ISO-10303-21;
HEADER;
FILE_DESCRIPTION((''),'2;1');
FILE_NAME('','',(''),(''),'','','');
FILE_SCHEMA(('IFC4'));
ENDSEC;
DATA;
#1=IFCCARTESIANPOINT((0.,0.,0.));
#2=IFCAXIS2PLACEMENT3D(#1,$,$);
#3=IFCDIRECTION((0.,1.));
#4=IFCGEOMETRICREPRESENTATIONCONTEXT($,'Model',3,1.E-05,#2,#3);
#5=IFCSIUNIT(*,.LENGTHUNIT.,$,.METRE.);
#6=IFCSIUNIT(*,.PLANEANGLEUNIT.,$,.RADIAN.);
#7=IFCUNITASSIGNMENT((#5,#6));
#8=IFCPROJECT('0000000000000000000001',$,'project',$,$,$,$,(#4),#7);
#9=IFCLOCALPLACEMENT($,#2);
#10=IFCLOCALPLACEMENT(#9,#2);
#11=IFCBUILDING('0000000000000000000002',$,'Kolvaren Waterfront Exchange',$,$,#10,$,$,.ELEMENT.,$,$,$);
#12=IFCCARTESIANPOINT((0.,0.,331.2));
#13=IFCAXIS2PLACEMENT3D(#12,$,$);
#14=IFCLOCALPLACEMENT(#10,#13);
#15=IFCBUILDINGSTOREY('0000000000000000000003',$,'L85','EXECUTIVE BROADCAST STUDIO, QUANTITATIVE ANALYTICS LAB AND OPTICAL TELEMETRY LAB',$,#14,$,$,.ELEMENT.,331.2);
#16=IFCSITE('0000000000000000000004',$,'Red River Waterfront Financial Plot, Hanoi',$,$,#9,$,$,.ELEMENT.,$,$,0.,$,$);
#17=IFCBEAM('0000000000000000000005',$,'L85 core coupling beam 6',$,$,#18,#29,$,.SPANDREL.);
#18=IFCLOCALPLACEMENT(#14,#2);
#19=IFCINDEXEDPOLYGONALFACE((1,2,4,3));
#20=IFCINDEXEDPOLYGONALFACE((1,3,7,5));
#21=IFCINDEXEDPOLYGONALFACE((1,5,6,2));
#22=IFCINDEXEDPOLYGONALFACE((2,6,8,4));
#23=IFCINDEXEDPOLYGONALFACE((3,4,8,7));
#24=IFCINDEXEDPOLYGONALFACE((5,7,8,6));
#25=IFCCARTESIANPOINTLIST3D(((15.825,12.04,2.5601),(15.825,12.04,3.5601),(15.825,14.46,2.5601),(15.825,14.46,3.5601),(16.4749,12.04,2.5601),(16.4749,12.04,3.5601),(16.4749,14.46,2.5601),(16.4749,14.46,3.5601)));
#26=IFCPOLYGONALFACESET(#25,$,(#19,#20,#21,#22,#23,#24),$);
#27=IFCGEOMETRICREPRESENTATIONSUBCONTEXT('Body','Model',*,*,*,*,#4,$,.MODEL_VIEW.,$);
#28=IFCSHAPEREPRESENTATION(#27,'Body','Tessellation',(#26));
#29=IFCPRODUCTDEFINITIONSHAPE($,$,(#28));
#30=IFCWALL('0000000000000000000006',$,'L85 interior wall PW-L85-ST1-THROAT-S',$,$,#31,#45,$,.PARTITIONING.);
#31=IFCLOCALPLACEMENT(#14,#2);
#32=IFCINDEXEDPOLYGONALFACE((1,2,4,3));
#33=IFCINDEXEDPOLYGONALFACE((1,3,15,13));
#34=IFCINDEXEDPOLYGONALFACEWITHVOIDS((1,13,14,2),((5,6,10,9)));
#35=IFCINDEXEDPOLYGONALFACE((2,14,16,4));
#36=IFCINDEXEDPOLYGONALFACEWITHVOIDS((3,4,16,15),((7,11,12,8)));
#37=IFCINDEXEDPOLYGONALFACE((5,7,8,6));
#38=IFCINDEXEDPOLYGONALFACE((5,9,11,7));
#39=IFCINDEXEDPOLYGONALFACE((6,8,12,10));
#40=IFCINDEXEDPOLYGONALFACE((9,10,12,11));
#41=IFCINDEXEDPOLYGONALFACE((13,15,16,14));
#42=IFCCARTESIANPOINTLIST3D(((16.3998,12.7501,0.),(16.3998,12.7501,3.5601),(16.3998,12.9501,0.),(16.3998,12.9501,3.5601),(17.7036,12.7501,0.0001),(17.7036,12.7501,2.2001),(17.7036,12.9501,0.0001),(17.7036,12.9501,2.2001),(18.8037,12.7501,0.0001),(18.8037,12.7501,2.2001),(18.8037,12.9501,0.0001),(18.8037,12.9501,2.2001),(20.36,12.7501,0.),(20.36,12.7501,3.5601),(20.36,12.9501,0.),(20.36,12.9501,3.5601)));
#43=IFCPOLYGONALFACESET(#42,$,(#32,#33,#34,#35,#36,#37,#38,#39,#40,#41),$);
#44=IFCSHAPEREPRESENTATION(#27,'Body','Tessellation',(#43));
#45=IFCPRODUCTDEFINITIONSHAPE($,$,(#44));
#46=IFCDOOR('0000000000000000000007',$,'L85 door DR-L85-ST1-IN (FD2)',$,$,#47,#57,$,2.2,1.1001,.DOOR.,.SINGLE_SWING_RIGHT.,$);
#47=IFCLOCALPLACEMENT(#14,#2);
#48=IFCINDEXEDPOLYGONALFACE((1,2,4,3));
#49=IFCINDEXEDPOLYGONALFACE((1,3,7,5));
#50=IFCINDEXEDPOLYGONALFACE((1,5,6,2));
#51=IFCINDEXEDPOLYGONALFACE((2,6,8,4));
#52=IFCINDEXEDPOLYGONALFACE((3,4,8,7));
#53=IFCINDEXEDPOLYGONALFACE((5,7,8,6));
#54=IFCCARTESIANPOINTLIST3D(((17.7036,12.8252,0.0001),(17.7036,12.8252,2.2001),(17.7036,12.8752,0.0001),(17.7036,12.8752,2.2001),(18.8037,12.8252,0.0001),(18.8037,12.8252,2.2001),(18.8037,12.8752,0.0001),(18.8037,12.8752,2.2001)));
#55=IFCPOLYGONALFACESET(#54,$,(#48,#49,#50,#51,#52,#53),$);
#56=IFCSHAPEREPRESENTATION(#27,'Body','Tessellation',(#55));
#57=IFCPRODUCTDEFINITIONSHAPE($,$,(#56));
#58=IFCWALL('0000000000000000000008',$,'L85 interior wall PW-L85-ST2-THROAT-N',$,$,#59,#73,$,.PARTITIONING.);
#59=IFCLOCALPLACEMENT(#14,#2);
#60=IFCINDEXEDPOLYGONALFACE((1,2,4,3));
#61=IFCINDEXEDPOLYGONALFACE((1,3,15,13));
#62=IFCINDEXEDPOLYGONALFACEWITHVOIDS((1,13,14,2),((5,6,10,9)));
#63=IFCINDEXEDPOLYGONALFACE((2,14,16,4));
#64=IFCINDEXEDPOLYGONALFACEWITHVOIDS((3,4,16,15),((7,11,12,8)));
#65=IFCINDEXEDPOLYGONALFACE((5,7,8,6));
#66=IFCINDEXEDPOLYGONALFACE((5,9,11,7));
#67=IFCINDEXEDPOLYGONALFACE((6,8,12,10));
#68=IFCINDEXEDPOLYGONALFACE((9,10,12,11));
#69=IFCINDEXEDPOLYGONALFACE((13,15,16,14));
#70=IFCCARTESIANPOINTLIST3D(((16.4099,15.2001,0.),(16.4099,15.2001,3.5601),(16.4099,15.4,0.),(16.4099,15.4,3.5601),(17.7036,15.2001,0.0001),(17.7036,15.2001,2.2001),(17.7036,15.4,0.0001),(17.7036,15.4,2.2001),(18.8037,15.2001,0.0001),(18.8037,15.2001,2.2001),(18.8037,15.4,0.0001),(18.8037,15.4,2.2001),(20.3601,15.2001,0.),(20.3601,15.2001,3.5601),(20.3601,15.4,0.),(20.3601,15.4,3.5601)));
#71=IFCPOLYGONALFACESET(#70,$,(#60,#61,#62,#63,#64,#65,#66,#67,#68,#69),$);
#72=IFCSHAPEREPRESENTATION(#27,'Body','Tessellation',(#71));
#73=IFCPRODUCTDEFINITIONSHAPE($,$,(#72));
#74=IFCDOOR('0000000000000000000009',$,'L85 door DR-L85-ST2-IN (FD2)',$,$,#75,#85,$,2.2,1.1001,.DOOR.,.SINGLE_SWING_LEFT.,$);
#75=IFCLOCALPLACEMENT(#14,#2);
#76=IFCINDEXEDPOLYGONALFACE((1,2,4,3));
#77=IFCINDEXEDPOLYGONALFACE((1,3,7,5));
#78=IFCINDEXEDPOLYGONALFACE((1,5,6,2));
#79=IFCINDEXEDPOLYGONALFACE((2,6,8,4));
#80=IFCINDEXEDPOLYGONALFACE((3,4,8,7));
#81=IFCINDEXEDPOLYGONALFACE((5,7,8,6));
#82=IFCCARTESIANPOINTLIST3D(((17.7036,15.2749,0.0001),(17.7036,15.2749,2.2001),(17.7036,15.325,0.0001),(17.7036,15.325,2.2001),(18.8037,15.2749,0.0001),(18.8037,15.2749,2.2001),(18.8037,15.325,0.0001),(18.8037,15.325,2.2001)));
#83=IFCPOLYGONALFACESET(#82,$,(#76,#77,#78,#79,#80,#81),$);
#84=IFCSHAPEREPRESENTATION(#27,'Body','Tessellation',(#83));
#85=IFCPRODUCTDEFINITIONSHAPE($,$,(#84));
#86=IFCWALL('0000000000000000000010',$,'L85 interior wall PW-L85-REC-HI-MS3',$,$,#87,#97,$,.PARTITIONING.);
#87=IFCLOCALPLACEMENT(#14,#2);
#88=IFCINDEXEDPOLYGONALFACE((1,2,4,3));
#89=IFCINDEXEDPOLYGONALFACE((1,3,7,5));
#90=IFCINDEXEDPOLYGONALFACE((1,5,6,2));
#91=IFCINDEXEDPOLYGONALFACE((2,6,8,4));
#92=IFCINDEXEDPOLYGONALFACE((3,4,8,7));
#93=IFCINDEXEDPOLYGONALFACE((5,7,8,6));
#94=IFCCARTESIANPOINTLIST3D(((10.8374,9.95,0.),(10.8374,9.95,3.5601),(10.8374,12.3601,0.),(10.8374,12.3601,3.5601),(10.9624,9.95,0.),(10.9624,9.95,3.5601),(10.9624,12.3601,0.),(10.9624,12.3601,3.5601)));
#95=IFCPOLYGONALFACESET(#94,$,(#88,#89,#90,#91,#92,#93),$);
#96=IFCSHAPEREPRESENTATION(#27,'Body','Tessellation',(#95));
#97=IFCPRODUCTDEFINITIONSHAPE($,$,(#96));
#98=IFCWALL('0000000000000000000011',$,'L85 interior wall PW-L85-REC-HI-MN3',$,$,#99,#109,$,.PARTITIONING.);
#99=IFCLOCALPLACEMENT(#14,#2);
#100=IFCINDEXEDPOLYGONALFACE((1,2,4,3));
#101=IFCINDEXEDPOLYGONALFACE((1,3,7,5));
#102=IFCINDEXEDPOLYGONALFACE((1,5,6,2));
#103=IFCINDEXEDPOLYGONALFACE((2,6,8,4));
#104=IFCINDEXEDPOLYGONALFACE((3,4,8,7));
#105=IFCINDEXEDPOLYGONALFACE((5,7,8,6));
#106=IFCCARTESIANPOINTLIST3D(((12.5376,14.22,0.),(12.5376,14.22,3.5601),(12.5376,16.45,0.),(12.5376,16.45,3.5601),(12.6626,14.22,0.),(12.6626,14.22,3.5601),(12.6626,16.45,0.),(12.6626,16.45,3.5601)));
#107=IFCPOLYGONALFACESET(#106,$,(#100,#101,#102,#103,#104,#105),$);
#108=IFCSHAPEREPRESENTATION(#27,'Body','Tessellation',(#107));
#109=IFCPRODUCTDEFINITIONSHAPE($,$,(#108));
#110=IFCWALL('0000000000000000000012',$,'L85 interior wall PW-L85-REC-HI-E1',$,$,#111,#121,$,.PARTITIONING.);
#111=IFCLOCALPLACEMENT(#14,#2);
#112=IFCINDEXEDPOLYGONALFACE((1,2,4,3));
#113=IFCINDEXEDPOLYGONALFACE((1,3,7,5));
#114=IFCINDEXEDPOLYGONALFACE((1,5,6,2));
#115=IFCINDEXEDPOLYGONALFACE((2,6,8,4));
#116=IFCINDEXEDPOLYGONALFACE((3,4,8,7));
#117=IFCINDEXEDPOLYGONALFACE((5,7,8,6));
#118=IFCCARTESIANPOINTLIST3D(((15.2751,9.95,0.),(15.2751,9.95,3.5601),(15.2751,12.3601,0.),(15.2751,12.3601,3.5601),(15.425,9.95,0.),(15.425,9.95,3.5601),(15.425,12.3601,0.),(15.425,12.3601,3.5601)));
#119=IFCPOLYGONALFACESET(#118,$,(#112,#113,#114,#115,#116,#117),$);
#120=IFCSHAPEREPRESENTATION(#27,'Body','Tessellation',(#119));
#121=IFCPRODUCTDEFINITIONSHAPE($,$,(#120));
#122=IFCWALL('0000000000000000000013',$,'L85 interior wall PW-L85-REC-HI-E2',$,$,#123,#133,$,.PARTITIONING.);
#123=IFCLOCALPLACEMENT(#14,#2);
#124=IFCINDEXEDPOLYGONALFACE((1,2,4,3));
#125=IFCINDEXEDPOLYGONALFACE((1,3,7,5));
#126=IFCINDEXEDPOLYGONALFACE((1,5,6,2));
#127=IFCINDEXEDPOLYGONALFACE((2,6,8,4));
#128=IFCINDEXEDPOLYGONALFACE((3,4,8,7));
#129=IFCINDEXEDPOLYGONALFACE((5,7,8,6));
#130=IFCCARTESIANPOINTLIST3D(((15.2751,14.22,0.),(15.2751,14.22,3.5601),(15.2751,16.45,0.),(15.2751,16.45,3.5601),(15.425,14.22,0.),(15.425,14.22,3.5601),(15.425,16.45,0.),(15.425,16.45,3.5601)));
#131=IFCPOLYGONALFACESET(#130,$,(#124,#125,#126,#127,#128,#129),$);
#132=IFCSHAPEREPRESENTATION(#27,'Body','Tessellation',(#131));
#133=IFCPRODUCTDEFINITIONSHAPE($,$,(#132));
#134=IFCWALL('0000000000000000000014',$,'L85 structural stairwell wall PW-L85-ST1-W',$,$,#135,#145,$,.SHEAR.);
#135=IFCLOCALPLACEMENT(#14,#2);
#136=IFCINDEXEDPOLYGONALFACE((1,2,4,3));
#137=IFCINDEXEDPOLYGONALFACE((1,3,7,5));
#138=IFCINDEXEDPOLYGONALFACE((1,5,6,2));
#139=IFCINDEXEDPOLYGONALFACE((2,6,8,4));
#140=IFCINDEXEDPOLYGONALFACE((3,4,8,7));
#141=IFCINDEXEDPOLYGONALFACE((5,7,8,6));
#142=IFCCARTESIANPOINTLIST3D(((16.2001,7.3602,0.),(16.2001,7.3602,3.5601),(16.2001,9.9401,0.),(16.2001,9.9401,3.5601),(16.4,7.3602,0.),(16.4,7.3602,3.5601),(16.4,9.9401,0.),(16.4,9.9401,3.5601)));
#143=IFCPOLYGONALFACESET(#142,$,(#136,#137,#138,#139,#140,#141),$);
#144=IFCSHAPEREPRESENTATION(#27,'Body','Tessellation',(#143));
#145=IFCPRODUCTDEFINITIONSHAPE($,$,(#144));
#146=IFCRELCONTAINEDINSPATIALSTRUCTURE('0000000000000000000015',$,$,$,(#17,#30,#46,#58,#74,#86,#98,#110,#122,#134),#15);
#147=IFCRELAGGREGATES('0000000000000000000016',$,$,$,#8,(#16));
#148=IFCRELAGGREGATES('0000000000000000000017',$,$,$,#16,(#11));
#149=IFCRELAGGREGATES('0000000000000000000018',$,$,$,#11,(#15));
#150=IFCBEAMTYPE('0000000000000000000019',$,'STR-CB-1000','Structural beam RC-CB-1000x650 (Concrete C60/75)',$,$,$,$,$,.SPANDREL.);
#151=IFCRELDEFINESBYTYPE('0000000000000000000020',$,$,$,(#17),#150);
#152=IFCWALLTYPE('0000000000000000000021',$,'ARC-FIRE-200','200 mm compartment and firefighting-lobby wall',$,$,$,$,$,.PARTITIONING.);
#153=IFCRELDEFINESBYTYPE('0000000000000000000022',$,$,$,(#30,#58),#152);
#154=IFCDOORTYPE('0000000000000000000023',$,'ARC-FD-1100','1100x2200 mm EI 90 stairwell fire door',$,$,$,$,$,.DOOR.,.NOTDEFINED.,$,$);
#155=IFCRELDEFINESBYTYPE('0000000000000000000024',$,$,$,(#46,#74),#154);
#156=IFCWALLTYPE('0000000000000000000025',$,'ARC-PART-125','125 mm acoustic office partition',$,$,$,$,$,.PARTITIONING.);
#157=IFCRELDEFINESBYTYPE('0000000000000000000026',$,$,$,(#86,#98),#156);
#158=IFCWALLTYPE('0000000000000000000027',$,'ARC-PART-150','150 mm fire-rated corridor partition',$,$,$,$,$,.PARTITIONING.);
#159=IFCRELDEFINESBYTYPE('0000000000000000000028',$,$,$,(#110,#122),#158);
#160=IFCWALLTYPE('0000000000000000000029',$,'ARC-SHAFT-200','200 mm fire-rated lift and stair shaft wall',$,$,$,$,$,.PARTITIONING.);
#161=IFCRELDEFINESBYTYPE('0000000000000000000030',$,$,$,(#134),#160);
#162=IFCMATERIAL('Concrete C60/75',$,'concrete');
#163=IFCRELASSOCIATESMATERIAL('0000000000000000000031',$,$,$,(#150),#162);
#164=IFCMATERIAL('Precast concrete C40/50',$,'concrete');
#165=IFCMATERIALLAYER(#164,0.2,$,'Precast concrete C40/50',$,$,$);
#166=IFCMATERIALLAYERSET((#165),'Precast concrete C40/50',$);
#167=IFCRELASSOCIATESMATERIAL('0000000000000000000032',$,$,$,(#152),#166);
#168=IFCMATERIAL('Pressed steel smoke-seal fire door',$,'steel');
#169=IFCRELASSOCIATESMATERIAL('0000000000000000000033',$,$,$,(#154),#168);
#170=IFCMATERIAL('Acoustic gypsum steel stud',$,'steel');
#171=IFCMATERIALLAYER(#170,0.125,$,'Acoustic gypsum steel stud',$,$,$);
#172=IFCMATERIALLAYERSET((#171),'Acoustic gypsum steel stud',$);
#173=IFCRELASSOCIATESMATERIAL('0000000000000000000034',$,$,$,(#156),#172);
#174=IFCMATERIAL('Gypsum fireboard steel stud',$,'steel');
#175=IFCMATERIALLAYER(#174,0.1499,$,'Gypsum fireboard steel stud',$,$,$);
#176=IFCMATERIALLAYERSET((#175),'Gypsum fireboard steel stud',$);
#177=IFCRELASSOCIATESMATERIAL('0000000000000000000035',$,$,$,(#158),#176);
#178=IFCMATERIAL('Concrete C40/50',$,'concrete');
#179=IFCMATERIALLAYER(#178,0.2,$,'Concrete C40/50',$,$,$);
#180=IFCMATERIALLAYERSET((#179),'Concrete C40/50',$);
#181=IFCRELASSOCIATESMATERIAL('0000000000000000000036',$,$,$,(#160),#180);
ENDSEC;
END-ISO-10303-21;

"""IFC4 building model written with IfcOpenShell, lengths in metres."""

from ifc_helpers import new_model, si_unit, direction, frame, frame_2d, origin, origin_2d, place, context, subcontext, project, spatial, rectangle, extrude, material, layer, layer_set, material_profile, profile_set, type_object, element, fill, save


model = new_model("IFC4")

# Units and contexts
model_context = context("Model", 3, precision=1e-05, world=origin(), true_north=direction((0.0, 1.0)))
body_context = subcontext(model_context, "Body", "Model", "MODEL_VIEW")
ifc_project = project(units=[si_unit("LENGTHUNIT", "METRE"), si_unit("PLANEANGLEUNIT", "RADIAN")], contexts=[model_context])

# Site, building, storey
site_placement = place(None, origin())
site = spatial("IfcSite", under=ifc_project, at=site_placement, Name="Red River Waterfront Financial Plot, Hanoi", CompositionType="ELEMENT", RefElevation=0.0)
building_placement = place(site_placement, origin())
building = spatial("IfcBuilding", under=site, at=building_placement, Name="Kolvaren Waterfront Exchange", CompositionType="ELEMENT")
storey_placement = place(building_placement, frame((0.0, 0.0, 331.2)))
storey = spatial("IfcBuildingStorey", under=building, at=storey_placement, Name="L85", Description="EXECUTIVE BROADCAST STUDIO, QUANTITATIVE ANALYTICS LAB AND OPTICAL TELEMETRY LAB", CompositionType="ELEMENT", Elevation=331.2)

# Beam
ifc_material_1 = material(Name="Concrete C60/75", Category="concrete")
ifc_material_profile = material_profile(ifc_material_1, rectangle(XDim=0.6499, YDim=1.0, at=origin_2d()), Name="RC-CB-1000x650")
ifc_profile_set = profile_set([ifc_material_profile], Name="Concrete C60/75")
beam_type = type_object("IfcBeamType", Name="STR-CB-1000", Description="Structural beam RC-CB-1000x650 (Concrete C60/75)", PredefinedType="SPANDREL", material=ifc_profile_set)
beam_placement = place(storey_placement, frame((16.1499, 12.04, 3.0601), z_axis=(0.0, 1.0, 0.0), x_axis=(-1.0, 0.0, 0.0)))
element("IfcBeam", 1, at=beam_placement, inside=storey, type_object=beam_type, Name="L85 core coupling beam 6", PredefinedType="SPANDREL", context=body_context, shape_type="SweptSolid", body=[
    extrude(rectangle(XDim=0.6499, YDim=1.0, at=origin_2d()), origin(), (0.0, 0.0, 1.0), 2.4199),
])

# Walls, openings, doors
ifc_material_2 = material(Name="Precast concrete C40/50", Category="concrete")
ifc_layer_1 = layer(ifc_material_2, 0.2, Name="Precast concrete C40/50")
ifc_layer_set_1 = layer_set([ifc_layer_1], Name="Precast concrete C40/50")
wall_type_1 = type_object("IfcWallType", Name="ARC-FIRE-200", Description="200 mm compartment and firefighting-lobby wall", PredefinedType="PARTITIONING", material=ifc_layer_set_1)
wall_1_placement = place(storey_placement, frame((16.3999, 12.8501, 0.0), z_axis=(0.0, 0.0, 1.0), x_axis=(1.0, 0.0, 0.0)))
wall_1 = element("IfcWall", 2, at=wall_1_placement, inside=storey, type_object=wall_type_1, Name="L85 interior wall PW-L85-ST1-THROAT-S", PredefinedType="PARTITIONING", context=body_context, shape_type="SweptSolid", body=[
    extrude(rectangle(XDim=3.9602, YDim=0.2, at=frame_2d((1.98, 0.0))), origin(), (0.0, 0.0, 1.0), 3.5601),
])
opening_1_placement = place(wall_1_placement, frame((1.3037, 0.0, 0.0)))
opening_1 = element("IfcOpeningElement", 3, at=opening_1_placement, cuts=wall_1, PredefinedType="OPENING", context=body_context, shape_type="SweptSolid", body=[
    extrude(rectangle(XDim=1.1001, YDim=2.2, at=frame_2d((0.55, 1.1001))), frame((0.0, 0.1099, 0.0), z_axis=(0.0, -1.0, 0.0), x_axis=(1.0, 0.0, 0.0)), (0.0, 0.0, 1.0), 0.22),
])
ifc_material_3 = material(Name="Pressed steel smoke-seal fire door", Category="steel")
door_type_1 = type_object("IfcDoorType", Name="ARC-FD-1100", Description="1100x2200 mm EI 90 stairwell fire door", OperationType="NOTDEFINED", PredefinedType="DOOR", material=ifc_material_3)
door_1_placement = place(opening_1_placement, frame((1.1001, 0.0, 0.0), z_axis=(0.0, 0.0, 1.0), x_axis=(-1.0, 0.0, 0.0)))
door_1 = element("IfcDoor", 4, at=door_1_placement, inside=storey, type_object=door_type_1, Name="L85 door DR-L85-ST1-IN (FD2)", OperationType="SINGLE_SWING_RIGHT", OverallHeight=2.2, OverallWidth=1.1001, PredefinedType="DOOR", context=body_context, shape_type="SweptSolid", body=[
    extrude(rectangle(XDim=1.1001, YDim=2.2, at=frame_2d((0.55, 1.1001))), frame((0.0, 0.0249, 0.0), z_axis=(0.0, -1.0, 0.0), x_axis=(1.0, 0.0, 0.0)), (0.0, 0.0, 1.0), 0.05),
])
fill(opening_1, door_1)
wall_2_placement = place(storey_placement, frame((16.4099, 15.3, 0.0), z_axis=(0.0, 0.0, 1.0), x_axis=(1.0, 0.0, 0.0)))
wall_2 = element("IfcWall", 5, at=wall_2_placement, inside=storey, type_object=wall_type_1, Name="L85 interior wall PW-L85-ST2-THROAT-N", PredefinedType="PARTITIONING", context=body_context, shape_type="SweptSolid", body=[
    extrude(rectangle(XDim=3.9502, YDim=0.2, at=frame_2d((1.9751, 0.0))), origin(), (0.0, 0.0, 1.0), 3.5601),
])
opening_2_placement = place(wall_2_placement, frame((1.2937, 0.0, 0.0)))
opening_2 = element("IfcOpeningElement", 6, at=opening_2_placement, cuts=wall_2, PredefinedType="OPENING", context=body_context, shape_type="SweptSolid", body=[
    extrude(rectangle(XDim=1.1001, YDim=2.2, at=frame_2d((0.55, 1.1001))), frame((0.0, 0.1099, 0.0), z_axis=(0.0, -1.0, 0.0), x_axis=(1.0, 0.0, 0.0)), (0.0, 0.0, 1.0), 0.22),
])
door_2_placement = place(opening_2_placement, origin())
door_2 = element("IfcDoor", 7, at=door_2_placement, inside=storey, type_object=door_type_1, Name="L85 door DR-L85-ST2-IN (FD2)", OperationType="SINGLE_SWING_LEFT", OverallHeight=2.2, OverallWidth=1.1001, PredefinedType="DOOR", context=body_context, shape_type="SweptSolid", body=[
    extrude(rectangle(XDim=1.1001, YDim=2.2, at=frame_2d((0.55, 1.1001))), frame((0.0, 0.0249, 0.0), z_axis=(0.0, -1.0, 0.0), x_axis=(1.0, 0.0, 0.0)), (0.0, 0.0, 1.0), 0.05),
])
fill(opening_2, door_2)

# Walls
ifc_material_4 = material(Name="Acoustic gypsum steel stud", Category="steel")
ifc_layer_2 = layer(ifc_material_4, 0.125, Name="Acoustic gypsum steel stud")
ifc_layer_set_2 = layer_set([ifc_layer_2], Name="Acoustic gypsum steel stud")
wall_type_2 = type_object("IfcWallType", Name="ARC-PART-125", Description="125 mm acoustic office partition", PredefinedType="PARTITIONING", material=ifc_layer_set_2)
wall_3_placement = place(storey_placement, frame((10.8999, 9.95, 0.0), z_axis=(0.0, 0.0, 1.0), x_axis=(0.0, 1.0, 0.0)))
element("IfcWall", 8, at=wall_3_placement, inside=storey, type_object=wall_type_2, Name="L85 interior wall PW-L85-REC-HI-MS3", PredefinedType="PARTITIONING", context=body_context, shape_type="SweptSolid", body=[
    extrude(rectangle(XDim=2.4102, YDim=0.125, at=frame_2d((1.2051, 0.0))), origin(), (0.0, 0.0, 1.0), 3.5601),
])
wall_4_placement = place(storey_placement, frame((12.6001, 14.22, 0.0), z_axis=(0.0, 0.0, 1.0), x_axis=(0.0, 1.0, 0.0)))
element("IfcWall", 9, at=wall_4_placement, inside=storey, type_object=wall_type_2, Name="L85 interior wall PW-L85-REC-HI-MN3", PredefinedType="PARTITIONING", context=body_context, shape_type="SweptSolid", body=[
    extrude(rectangle(XDim=2.23, YDim=0.125, at=frame_2d((1.115, 0.0))), origin(), (0.0, 0.0, 1.0), 3.5601),
])
ifc_material_5 = material(Name="Gypsum fireboard steel stud", Category="steel")
ifc_layer_3 = layer(ifc_material_5, 0.1499, Name="Gypsum fireboard steel stud")
ifc_layer_set_3 = layer_set([ifc_layer_3], Name="Gypsum fireboard steel stud")
wall_type_3 = type_object("IfcWallType", Name="ARC-PART-150", Description="150 mm fire-rated corridor partition", PredefinedType="PARTITIONING", material=ifc_layer_set_3)
wall_5_placement = place(storey_placement, frame((15.3501, 9.95, 0.0), z_axis=(0.0, 0.0, 1.0), x_axis=(0.0, 1.0, 0.0)))
element("IfcWall", 10, at=wall_5_placement, inside=storey, type_object=wall_type_3, Name="L85 interior wall PW-L85-REC-HI-E1", PredefinedType="PARTITIONING", context=body_context, shape_type="SweptSolid", body=[
    extrude(rectangle(XDim=2.4102, YDim=0.1499, at=frame_2d((1.2051, 0.0))), origin(), (0.0, 0.0, 1.0), 3.5601),
])
wall_6_placement = place(storey_placement, frame((15.3501, 14.22, 0.0), z_axis=(0.0, 0.0, 1.0), x_axis=(0.0, 1.0, 0.0)))
element("IfcWall", 11, at=wall_6_placement, inside=storey, type_object=wall_type_3, Name="L85 interior wall PW-L85-REC-HI-E2", PredefinedType="PARTITIONING", context=body_context, shape_type="SweptSolid", body=[
    extrude(rectangle(XDim=2.23, YDim=0.1499, at=frame_2d((1.115, 0.0))), origin(), (0.0, 0.0, 1.0), 3.5601),
])
ifc_material_6 = material(Name="Concrete C40/50", Category="concrete")
ifc_layer_4 = layer(ifc_material_6, 0.2, Name="Concrete C40/50")
ifc_layer_set_4 = layer_set([ifc_layer_4], Name="Concrete C40/50")
wall_type_4 = type_object("IfcWallType", Name="ARC-SHAFT-200", Description="200 mm fire-rated lift and stair shaft wall", PredefinedType="PARTITIONING", material=ifc_layer_set_4)
wall_7_placement = place(storey_placement, frame((16.3, 7.3601, 0.0), z_axis=(0.0, 0.0, 1.0), x_axis=(0.0, 1.0, 0.0)))
element("IfcWall", 12, at=wall_7_placement, inside=storey, type_object=wall_type_4, Name="L85 structural stairwell wall PW-L85-ST1-W", PredefinedType="SHEAR", context=body_context, shape_type="SweptSolid", body=[
    extrude(rectangle(XDim=2.5798, YDim=0.2, at=frame_2d((1.29, 0.0))), origin(), (0.0, 0.0, 1.0), 3.5601),
])

save(model, "model.ifc")
